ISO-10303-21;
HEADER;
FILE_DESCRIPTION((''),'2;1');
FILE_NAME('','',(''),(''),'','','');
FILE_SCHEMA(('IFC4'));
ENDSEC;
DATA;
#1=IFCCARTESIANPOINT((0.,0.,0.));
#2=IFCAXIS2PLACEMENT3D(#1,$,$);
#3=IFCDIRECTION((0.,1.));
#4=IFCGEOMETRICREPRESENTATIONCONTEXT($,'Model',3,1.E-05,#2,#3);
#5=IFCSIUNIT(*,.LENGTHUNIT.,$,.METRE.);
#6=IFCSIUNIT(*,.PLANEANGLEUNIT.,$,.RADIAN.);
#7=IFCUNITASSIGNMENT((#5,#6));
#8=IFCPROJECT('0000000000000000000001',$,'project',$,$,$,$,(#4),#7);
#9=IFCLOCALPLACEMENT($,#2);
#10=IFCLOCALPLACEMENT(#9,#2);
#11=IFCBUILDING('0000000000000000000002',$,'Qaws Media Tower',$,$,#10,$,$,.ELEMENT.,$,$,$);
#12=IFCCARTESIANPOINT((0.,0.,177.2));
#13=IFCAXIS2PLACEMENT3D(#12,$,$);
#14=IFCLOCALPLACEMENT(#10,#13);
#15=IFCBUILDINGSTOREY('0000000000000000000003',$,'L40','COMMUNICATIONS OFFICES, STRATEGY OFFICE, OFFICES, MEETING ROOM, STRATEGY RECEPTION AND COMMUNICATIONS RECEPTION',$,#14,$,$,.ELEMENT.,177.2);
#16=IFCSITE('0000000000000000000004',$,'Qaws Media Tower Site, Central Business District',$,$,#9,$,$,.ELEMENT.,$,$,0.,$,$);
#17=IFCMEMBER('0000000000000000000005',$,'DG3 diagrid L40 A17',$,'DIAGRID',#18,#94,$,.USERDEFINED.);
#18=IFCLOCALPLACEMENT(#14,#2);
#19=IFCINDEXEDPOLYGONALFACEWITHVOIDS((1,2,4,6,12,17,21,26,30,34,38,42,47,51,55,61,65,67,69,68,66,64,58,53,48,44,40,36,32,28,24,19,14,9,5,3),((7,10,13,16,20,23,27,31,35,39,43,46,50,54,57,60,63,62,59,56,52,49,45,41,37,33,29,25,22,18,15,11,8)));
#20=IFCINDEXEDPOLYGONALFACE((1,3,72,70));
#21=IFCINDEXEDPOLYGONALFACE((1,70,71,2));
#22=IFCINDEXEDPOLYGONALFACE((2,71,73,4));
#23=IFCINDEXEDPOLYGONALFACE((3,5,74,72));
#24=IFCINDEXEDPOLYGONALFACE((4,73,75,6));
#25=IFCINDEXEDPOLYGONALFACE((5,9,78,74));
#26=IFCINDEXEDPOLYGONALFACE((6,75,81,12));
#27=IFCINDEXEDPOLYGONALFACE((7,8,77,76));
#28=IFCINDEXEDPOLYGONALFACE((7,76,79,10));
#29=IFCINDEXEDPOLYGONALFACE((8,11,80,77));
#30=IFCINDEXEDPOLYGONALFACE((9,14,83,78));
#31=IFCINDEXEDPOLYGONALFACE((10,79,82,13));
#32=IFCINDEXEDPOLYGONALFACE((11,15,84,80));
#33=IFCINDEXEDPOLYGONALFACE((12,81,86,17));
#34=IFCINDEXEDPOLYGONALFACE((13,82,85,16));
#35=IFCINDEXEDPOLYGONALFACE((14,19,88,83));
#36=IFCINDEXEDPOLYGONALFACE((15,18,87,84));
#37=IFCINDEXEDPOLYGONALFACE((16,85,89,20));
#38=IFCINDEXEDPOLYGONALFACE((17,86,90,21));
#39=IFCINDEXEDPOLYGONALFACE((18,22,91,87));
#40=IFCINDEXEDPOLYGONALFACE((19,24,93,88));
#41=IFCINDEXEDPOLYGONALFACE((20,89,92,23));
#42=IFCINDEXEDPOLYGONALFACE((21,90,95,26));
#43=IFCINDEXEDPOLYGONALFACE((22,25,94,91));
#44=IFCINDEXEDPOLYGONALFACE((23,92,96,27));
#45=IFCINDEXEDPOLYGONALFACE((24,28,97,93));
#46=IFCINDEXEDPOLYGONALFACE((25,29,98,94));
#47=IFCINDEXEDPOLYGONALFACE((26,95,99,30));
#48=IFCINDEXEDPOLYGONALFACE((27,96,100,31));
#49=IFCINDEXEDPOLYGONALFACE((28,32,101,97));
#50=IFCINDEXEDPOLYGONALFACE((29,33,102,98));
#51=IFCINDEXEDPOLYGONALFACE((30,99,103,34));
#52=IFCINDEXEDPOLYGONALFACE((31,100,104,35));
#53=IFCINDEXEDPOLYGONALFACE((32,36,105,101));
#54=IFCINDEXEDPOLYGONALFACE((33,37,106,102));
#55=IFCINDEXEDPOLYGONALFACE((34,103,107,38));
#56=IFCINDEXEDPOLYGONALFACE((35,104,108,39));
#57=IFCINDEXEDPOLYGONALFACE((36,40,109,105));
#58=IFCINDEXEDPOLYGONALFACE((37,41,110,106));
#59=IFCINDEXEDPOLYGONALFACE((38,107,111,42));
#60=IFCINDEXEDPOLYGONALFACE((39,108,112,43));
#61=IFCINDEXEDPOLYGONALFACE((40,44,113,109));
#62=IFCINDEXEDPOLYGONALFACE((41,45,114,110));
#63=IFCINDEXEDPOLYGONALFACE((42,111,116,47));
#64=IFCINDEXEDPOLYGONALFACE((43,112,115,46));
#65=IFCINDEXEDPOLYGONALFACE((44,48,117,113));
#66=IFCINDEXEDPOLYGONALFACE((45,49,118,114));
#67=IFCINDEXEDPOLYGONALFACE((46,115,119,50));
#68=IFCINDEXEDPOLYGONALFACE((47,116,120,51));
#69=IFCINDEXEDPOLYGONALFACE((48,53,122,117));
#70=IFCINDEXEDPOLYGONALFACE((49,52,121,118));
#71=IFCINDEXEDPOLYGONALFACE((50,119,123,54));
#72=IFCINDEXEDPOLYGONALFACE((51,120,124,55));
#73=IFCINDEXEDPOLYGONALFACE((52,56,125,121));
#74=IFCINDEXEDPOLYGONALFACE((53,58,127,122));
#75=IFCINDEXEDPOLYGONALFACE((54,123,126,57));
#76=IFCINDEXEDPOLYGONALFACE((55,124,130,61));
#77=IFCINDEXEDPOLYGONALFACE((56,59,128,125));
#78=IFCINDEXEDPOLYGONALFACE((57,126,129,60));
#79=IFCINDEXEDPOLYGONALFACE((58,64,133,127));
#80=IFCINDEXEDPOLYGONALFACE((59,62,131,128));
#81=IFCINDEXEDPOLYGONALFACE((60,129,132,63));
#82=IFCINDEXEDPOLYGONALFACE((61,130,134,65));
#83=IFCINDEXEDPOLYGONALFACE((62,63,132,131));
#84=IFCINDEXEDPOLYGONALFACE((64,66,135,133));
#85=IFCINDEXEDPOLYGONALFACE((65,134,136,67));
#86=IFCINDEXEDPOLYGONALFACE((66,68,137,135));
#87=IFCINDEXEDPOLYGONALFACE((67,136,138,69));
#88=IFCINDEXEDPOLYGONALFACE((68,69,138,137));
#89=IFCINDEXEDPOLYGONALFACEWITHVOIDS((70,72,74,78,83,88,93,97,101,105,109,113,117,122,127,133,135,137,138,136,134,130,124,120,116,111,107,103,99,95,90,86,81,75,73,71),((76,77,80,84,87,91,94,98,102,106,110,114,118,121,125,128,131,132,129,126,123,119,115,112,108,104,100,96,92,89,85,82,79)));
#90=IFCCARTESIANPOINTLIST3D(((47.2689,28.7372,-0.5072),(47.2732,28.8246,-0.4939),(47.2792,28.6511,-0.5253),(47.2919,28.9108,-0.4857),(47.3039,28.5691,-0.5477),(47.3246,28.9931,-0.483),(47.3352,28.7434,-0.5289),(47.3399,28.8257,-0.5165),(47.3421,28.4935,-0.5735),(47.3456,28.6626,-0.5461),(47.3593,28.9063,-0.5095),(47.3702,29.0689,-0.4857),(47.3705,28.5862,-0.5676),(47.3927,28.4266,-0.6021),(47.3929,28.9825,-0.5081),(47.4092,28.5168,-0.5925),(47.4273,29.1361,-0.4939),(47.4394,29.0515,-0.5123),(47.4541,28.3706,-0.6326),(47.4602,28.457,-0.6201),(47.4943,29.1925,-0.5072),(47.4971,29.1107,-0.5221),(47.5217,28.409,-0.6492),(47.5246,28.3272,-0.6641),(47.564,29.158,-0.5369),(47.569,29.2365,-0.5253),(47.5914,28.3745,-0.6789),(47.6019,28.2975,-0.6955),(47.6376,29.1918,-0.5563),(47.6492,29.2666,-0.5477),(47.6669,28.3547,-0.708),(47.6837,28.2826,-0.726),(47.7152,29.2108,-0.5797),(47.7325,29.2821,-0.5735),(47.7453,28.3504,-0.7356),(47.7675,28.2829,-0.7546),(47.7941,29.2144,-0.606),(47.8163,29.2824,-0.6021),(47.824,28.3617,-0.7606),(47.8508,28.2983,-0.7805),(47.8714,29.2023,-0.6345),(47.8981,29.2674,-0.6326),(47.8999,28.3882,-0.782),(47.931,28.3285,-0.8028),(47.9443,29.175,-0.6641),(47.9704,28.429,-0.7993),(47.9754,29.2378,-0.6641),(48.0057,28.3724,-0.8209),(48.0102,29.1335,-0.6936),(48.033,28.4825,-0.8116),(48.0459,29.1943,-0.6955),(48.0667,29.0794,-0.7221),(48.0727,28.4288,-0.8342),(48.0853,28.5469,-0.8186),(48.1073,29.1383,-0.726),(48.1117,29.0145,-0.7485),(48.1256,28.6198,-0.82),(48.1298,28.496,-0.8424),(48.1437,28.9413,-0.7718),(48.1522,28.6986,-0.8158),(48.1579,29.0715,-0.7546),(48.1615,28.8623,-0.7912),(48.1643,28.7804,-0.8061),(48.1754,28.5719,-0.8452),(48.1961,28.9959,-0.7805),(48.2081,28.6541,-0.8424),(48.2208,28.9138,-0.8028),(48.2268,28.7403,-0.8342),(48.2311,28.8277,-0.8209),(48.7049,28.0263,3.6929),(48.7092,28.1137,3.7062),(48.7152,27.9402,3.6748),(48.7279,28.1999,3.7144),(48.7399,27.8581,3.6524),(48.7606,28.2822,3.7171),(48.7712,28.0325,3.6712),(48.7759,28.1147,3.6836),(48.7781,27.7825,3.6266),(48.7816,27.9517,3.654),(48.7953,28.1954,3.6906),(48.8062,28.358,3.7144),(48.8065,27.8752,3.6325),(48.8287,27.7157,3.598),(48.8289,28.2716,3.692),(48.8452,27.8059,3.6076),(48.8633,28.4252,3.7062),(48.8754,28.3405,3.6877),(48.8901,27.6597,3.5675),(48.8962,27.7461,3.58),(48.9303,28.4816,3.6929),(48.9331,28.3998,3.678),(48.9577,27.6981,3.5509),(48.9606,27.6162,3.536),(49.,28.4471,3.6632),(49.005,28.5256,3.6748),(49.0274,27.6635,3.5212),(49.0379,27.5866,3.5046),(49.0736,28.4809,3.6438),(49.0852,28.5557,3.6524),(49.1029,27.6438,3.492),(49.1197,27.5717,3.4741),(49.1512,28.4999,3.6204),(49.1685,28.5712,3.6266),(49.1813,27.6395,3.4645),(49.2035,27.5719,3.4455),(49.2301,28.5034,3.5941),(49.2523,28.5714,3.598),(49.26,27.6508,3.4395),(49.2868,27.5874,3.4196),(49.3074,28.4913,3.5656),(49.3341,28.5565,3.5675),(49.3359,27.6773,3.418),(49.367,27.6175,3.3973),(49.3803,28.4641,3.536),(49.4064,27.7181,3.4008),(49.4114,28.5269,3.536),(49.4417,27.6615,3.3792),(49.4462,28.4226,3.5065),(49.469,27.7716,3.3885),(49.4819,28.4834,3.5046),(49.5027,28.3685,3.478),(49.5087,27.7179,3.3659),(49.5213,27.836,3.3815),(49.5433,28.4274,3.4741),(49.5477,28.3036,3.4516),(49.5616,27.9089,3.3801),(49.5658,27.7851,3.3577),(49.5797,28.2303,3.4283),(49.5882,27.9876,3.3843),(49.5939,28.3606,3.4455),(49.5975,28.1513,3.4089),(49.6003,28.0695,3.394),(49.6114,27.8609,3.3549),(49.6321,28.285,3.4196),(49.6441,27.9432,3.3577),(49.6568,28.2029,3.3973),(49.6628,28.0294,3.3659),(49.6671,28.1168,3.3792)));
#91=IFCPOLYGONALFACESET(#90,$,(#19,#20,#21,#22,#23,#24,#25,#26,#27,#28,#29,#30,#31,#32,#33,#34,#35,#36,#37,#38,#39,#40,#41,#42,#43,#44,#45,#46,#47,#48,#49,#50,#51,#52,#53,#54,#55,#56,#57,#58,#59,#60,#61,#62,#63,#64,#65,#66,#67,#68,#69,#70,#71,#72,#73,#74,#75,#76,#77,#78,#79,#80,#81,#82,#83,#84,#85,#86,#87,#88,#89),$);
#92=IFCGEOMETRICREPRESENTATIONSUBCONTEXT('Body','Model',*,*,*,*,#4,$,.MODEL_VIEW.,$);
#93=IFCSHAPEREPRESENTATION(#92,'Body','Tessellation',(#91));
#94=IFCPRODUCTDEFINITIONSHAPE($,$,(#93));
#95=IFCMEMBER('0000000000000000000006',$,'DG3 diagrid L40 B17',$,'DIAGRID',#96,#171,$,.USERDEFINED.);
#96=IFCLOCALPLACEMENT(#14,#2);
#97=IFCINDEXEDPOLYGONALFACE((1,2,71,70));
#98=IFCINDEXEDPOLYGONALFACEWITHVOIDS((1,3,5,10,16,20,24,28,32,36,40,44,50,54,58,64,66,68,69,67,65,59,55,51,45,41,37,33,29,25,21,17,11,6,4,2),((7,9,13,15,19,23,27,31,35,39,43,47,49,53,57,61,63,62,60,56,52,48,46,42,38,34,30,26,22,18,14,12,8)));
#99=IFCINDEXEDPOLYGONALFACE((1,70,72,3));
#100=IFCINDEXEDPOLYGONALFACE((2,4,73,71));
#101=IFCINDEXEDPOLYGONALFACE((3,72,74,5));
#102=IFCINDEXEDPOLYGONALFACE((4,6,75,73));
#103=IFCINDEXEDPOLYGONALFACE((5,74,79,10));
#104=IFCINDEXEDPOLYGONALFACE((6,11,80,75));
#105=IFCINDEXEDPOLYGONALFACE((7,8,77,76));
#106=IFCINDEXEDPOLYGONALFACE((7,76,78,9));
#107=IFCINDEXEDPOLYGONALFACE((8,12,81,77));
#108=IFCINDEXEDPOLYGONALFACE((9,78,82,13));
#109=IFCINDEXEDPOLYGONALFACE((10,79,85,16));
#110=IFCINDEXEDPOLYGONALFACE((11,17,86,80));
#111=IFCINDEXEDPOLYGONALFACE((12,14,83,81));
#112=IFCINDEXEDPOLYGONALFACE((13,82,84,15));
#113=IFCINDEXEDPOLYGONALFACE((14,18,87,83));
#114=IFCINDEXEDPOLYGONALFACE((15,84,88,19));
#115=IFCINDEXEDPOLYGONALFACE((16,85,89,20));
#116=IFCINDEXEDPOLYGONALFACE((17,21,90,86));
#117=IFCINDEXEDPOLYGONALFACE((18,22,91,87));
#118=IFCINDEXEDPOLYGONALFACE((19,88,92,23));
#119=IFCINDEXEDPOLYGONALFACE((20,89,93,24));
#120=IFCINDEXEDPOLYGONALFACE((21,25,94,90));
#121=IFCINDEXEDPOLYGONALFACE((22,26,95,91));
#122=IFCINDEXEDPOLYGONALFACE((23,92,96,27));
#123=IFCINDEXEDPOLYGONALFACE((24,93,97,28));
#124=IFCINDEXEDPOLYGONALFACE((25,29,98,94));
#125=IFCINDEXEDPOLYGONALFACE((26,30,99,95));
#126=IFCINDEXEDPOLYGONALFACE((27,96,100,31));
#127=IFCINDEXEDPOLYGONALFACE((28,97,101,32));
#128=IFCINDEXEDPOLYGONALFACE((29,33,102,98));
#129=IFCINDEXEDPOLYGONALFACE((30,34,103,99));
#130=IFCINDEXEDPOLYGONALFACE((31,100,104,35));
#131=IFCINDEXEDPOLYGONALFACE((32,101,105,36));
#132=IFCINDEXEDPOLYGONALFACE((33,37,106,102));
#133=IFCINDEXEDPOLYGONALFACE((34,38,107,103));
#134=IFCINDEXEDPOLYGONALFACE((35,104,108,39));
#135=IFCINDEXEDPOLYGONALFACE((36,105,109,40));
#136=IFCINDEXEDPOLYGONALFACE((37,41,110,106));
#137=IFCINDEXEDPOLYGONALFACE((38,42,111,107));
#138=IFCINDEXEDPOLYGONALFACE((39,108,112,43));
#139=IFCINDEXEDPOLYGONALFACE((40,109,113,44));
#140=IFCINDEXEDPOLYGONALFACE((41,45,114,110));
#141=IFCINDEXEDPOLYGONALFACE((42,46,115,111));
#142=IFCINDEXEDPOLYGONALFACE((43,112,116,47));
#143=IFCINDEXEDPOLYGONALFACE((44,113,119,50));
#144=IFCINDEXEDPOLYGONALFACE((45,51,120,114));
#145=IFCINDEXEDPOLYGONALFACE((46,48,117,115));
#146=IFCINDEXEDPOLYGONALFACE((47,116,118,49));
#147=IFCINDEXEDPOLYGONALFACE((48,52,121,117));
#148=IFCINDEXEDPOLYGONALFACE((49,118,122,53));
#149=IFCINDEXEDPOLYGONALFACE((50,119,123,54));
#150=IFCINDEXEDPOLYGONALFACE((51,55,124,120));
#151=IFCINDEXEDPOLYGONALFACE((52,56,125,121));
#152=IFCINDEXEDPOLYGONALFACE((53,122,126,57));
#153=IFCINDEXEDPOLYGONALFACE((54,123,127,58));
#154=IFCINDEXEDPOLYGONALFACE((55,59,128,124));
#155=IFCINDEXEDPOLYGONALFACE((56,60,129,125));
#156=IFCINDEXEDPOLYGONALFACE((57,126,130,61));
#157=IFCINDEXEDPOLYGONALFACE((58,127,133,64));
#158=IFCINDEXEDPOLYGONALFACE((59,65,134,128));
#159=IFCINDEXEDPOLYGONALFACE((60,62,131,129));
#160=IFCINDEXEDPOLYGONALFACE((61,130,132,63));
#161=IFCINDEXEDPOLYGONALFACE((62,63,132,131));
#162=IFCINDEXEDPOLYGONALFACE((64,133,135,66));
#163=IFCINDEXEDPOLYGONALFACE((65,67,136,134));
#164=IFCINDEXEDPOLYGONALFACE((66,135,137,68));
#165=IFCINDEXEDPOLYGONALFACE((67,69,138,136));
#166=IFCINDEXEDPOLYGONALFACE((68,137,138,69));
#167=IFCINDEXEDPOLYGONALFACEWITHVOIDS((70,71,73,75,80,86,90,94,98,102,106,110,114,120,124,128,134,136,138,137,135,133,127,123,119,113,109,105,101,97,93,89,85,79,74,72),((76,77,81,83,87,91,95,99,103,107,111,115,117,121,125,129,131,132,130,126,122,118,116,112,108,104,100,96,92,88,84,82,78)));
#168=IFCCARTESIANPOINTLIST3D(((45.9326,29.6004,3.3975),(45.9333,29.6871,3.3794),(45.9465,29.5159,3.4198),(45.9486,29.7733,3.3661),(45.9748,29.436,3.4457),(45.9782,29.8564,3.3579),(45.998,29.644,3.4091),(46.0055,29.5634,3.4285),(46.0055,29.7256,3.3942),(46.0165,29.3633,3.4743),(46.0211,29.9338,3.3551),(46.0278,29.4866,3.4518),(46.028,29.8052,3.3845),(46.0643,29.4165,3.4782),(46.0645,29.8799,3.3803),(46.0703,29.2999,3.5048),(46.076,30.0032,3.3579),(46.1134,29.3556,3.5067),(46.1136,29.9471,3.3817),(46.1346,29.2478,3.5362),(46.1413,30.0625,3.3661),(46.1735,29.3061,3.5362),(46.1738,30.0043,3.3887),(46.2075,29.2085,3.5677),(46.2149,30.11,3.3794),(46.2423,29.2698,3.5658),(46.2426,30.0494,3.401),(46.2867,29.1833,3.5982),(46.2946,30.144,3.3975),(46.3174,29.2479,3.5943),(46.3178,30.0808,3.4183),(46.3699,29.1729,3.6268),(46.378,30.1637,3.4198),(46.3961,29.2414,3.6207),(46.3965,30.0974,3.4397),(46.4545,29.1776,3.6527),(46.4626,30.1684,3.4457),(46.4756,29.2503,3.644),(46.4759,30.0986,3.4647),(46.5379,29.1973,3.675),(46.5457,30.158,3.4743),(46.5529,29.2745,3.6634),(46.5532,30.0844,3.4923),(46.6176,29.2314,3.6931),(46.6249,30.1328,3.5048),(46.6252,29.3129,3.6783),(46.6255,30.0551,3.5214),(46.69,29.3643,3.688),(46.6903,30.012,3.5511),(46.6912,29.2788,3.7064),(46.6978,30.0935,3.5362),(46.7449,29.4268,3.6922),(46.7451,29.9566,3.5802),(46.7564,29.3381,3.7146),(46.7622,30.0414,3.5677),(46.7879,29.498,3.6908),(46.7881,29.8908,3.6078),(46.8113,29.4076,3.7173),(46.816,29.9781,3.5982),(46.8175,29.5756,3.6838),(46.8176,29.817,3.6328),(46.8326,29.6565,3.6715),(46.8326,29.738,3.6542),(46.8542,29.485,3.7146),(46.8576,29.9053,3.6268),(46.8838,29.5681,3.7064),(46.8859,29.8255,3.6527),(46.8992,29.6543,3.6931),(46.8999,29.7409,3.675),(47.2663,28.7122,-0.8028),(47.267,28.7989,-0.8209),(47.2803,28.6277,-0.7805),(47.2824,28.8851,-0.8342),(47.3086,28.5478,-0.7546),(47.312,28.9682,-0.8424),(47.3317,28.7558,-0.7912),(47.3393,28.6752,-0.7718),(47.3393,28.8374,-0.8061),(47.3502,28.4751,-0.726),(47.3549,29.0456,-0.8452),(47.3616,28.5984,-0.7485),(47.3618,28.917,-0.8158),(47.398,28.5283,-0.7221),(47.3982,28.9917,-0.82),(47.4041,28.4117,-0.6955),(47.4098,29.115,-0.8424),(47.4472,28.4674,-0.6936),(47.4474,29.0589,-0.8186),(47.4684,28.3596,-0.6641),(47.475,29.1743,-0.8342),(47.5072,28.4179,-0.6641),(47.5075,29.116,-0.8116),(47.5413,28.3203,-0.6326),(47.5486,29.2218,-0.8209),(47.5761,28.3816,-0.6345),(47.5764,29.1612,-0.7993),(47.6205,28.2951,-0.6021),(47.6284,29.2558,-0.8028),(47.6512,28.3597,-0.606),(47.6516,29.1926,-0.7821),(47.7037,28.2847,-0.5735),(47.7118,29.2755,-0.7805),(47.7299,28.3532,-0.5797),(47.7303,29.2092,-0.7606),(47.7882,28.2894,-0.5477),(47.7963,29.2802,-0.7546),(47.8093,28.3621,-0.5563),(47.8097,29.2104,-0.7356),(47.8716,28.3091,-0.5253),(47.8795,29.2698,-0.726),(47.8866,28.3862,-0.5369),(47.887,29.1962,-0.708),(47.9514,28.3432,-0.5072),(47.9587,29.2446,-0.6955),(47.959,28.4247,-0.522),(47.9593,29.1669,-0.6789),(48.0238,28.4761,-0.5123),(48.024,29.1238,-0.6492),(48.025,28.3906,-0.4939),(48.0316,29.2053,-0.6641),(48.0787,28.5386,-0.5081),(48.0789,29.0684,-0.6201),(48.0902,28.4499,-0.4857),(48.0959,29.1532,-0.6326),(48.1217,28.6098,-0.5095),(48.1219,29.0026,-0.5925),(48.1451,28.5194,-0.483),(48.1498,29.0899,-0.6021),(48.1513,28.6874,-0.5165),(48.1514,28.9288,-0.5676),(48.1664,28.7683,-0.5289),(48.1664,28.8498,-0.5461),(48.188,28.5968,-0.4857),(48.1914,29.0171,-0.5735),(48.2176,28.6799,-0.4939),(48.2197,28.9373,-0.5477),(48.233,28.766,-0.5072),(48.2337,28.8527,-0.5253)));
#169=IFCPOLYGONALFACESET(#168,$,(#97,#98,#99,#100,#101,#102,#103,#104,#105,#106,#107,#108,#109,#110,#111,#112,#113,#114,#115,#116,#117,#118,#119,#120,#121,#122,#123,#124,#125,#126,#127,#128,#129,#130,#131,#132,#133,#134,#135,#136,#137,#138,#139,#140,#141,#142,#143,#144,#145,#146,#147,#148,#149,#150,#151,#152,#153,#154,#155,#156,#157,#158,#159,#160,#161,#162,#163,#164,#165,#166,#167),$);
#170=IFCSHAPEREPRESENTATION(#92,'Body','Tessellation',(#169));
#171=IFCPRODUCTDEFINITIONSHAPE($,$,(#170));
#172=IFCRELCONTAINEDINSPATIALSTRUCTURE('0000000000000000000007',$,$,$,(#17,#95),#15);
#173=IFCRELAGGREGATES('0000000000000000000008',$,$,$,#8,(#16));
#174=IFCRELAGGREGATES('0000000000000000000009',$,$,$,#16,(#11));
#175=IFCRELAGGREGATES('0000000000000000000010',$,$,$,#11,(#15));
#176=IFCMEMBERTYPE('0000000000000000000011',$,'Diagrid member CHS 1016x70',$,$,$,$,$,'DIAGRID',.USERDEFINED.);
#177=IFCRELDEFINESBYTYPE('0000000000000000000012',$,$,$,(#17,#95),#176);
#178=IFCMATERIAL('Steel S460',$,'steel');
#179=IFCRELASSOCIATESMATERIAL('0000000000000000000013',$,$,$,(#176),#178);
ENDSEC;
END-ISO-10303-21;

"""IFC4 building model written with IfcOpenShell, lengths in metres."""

from ifc_helpers import new_model, si_unit, direction, frame, origin, origin_2d, place, context, subcontext, project, spatial, hollow_circle, extrude, material, material_profile, profile_set, type_object, element, save


model = new_model("IFC4")

# Units and contexts
model_context = context("Model", 3, precision=1e-05, world=origin(), true_north=direction((0.0, 1.0)))
body_context = subcontext(model_context, "Body", "Model", "MODEL_VIEW")
ifc_project = project(units=[si_unit("LENGTHUNIT", "METRE"), si_unit("PLANEANGLEUNIT", "RADIAN")], contexts=[model_context])

# Site, building, storey
site_placement = place(None, origin())
site = spatial("IfcSite", under=ifc_project, at=site_placement, Name="Qaws Media Tower Site, Central Business District", CompositionType="ELEMENT", RefElevation=0.0)
building_placement = place(site_placement, origin())
building = spatial("IfcBuilding", under=site, at=building_placement, Name="Qaws Media Tower", CompositionType="ELEMENT")
storey_placement = place(building_placement, frame((0.0, 0.0, 177.2)))
storey = spatial("IfcBuildingStorey", under=building, at=storey_placement, Name="L40", Description="COMMUNICATIONS OFFICES, STRATEGY OFFICE, OFFICES, MEETING ROOM, STRATEGY RECEPTION AND COMMUNICATIONS RECEPTION", CompositionType="ELEMENT", Elevation=177.2)

# Members
ifc_material_1 = material(Name="Steel S460", Category="steel")
ifc_material_profile_1 = material_profile(ifc_material_1, hollow_circle(Radius=0.5081, WallThickness=0.0701, at=origin_2d()), Name="CHS 1016x70")
ifc_profile_set_1 = profile_set([ifc_material_profile_1], Name="Steel S460")
member_type_1 = type_object("IfcMemberType", Name="Diagrid member CHS 1016x70", ElementType="DIAGRID", PredefinedType="USERDEFINED", material=ifc_profile_set_1)
for number, where, z_axis, x_axis, name in (
    (1, (47.75, 28.7825, -0.6641), (0.31944, -0.158145, 0.934317), (0.443675, 0.896188, 0.0), "DG3 diagrid L40 A17"),
):
    element("IfcMember", number, at=place(storey_placement, frame(where, z_axis=z_axis, x_axis=x_axis)), inside=storey, type_object=member_type_1, Name=name, ObjectType="DIAGRID", PredefinedType="USERDEFINED", context=body_context, shape_type="SweptSolid", body=[
        extrude(hollow_circle(Radius=0.5081, WallThickness=0.0701, at=origin_2d()), origin(), (0.0, 0.0, 1.0), 4.4954),
    ])
member_1_placement = place(storey_placement, frame((47.75, 28.7825, -0.6641), z_axis=(-0.296684, 0.197572, 0.934314), x_axis=(-0.554278, -0.832331, 0.0)))
element("IfcMember", 2, at=member_1_placement, inside=storey, type_object=member_type_1, Name="DG3 diagrid L40 B17", ObjectType="DIAGRID", PredefinedType="USERDEFINED", context=body_context, shape_type="SweptSolid", body=[
    extrude(hollow_circle(Radius=0.5081, WallThickness=0.0701, at=origin_2d()), origin(), (0.0, 0.0, 1.0), 4.4956),
])

save(model, "model.ifc")
